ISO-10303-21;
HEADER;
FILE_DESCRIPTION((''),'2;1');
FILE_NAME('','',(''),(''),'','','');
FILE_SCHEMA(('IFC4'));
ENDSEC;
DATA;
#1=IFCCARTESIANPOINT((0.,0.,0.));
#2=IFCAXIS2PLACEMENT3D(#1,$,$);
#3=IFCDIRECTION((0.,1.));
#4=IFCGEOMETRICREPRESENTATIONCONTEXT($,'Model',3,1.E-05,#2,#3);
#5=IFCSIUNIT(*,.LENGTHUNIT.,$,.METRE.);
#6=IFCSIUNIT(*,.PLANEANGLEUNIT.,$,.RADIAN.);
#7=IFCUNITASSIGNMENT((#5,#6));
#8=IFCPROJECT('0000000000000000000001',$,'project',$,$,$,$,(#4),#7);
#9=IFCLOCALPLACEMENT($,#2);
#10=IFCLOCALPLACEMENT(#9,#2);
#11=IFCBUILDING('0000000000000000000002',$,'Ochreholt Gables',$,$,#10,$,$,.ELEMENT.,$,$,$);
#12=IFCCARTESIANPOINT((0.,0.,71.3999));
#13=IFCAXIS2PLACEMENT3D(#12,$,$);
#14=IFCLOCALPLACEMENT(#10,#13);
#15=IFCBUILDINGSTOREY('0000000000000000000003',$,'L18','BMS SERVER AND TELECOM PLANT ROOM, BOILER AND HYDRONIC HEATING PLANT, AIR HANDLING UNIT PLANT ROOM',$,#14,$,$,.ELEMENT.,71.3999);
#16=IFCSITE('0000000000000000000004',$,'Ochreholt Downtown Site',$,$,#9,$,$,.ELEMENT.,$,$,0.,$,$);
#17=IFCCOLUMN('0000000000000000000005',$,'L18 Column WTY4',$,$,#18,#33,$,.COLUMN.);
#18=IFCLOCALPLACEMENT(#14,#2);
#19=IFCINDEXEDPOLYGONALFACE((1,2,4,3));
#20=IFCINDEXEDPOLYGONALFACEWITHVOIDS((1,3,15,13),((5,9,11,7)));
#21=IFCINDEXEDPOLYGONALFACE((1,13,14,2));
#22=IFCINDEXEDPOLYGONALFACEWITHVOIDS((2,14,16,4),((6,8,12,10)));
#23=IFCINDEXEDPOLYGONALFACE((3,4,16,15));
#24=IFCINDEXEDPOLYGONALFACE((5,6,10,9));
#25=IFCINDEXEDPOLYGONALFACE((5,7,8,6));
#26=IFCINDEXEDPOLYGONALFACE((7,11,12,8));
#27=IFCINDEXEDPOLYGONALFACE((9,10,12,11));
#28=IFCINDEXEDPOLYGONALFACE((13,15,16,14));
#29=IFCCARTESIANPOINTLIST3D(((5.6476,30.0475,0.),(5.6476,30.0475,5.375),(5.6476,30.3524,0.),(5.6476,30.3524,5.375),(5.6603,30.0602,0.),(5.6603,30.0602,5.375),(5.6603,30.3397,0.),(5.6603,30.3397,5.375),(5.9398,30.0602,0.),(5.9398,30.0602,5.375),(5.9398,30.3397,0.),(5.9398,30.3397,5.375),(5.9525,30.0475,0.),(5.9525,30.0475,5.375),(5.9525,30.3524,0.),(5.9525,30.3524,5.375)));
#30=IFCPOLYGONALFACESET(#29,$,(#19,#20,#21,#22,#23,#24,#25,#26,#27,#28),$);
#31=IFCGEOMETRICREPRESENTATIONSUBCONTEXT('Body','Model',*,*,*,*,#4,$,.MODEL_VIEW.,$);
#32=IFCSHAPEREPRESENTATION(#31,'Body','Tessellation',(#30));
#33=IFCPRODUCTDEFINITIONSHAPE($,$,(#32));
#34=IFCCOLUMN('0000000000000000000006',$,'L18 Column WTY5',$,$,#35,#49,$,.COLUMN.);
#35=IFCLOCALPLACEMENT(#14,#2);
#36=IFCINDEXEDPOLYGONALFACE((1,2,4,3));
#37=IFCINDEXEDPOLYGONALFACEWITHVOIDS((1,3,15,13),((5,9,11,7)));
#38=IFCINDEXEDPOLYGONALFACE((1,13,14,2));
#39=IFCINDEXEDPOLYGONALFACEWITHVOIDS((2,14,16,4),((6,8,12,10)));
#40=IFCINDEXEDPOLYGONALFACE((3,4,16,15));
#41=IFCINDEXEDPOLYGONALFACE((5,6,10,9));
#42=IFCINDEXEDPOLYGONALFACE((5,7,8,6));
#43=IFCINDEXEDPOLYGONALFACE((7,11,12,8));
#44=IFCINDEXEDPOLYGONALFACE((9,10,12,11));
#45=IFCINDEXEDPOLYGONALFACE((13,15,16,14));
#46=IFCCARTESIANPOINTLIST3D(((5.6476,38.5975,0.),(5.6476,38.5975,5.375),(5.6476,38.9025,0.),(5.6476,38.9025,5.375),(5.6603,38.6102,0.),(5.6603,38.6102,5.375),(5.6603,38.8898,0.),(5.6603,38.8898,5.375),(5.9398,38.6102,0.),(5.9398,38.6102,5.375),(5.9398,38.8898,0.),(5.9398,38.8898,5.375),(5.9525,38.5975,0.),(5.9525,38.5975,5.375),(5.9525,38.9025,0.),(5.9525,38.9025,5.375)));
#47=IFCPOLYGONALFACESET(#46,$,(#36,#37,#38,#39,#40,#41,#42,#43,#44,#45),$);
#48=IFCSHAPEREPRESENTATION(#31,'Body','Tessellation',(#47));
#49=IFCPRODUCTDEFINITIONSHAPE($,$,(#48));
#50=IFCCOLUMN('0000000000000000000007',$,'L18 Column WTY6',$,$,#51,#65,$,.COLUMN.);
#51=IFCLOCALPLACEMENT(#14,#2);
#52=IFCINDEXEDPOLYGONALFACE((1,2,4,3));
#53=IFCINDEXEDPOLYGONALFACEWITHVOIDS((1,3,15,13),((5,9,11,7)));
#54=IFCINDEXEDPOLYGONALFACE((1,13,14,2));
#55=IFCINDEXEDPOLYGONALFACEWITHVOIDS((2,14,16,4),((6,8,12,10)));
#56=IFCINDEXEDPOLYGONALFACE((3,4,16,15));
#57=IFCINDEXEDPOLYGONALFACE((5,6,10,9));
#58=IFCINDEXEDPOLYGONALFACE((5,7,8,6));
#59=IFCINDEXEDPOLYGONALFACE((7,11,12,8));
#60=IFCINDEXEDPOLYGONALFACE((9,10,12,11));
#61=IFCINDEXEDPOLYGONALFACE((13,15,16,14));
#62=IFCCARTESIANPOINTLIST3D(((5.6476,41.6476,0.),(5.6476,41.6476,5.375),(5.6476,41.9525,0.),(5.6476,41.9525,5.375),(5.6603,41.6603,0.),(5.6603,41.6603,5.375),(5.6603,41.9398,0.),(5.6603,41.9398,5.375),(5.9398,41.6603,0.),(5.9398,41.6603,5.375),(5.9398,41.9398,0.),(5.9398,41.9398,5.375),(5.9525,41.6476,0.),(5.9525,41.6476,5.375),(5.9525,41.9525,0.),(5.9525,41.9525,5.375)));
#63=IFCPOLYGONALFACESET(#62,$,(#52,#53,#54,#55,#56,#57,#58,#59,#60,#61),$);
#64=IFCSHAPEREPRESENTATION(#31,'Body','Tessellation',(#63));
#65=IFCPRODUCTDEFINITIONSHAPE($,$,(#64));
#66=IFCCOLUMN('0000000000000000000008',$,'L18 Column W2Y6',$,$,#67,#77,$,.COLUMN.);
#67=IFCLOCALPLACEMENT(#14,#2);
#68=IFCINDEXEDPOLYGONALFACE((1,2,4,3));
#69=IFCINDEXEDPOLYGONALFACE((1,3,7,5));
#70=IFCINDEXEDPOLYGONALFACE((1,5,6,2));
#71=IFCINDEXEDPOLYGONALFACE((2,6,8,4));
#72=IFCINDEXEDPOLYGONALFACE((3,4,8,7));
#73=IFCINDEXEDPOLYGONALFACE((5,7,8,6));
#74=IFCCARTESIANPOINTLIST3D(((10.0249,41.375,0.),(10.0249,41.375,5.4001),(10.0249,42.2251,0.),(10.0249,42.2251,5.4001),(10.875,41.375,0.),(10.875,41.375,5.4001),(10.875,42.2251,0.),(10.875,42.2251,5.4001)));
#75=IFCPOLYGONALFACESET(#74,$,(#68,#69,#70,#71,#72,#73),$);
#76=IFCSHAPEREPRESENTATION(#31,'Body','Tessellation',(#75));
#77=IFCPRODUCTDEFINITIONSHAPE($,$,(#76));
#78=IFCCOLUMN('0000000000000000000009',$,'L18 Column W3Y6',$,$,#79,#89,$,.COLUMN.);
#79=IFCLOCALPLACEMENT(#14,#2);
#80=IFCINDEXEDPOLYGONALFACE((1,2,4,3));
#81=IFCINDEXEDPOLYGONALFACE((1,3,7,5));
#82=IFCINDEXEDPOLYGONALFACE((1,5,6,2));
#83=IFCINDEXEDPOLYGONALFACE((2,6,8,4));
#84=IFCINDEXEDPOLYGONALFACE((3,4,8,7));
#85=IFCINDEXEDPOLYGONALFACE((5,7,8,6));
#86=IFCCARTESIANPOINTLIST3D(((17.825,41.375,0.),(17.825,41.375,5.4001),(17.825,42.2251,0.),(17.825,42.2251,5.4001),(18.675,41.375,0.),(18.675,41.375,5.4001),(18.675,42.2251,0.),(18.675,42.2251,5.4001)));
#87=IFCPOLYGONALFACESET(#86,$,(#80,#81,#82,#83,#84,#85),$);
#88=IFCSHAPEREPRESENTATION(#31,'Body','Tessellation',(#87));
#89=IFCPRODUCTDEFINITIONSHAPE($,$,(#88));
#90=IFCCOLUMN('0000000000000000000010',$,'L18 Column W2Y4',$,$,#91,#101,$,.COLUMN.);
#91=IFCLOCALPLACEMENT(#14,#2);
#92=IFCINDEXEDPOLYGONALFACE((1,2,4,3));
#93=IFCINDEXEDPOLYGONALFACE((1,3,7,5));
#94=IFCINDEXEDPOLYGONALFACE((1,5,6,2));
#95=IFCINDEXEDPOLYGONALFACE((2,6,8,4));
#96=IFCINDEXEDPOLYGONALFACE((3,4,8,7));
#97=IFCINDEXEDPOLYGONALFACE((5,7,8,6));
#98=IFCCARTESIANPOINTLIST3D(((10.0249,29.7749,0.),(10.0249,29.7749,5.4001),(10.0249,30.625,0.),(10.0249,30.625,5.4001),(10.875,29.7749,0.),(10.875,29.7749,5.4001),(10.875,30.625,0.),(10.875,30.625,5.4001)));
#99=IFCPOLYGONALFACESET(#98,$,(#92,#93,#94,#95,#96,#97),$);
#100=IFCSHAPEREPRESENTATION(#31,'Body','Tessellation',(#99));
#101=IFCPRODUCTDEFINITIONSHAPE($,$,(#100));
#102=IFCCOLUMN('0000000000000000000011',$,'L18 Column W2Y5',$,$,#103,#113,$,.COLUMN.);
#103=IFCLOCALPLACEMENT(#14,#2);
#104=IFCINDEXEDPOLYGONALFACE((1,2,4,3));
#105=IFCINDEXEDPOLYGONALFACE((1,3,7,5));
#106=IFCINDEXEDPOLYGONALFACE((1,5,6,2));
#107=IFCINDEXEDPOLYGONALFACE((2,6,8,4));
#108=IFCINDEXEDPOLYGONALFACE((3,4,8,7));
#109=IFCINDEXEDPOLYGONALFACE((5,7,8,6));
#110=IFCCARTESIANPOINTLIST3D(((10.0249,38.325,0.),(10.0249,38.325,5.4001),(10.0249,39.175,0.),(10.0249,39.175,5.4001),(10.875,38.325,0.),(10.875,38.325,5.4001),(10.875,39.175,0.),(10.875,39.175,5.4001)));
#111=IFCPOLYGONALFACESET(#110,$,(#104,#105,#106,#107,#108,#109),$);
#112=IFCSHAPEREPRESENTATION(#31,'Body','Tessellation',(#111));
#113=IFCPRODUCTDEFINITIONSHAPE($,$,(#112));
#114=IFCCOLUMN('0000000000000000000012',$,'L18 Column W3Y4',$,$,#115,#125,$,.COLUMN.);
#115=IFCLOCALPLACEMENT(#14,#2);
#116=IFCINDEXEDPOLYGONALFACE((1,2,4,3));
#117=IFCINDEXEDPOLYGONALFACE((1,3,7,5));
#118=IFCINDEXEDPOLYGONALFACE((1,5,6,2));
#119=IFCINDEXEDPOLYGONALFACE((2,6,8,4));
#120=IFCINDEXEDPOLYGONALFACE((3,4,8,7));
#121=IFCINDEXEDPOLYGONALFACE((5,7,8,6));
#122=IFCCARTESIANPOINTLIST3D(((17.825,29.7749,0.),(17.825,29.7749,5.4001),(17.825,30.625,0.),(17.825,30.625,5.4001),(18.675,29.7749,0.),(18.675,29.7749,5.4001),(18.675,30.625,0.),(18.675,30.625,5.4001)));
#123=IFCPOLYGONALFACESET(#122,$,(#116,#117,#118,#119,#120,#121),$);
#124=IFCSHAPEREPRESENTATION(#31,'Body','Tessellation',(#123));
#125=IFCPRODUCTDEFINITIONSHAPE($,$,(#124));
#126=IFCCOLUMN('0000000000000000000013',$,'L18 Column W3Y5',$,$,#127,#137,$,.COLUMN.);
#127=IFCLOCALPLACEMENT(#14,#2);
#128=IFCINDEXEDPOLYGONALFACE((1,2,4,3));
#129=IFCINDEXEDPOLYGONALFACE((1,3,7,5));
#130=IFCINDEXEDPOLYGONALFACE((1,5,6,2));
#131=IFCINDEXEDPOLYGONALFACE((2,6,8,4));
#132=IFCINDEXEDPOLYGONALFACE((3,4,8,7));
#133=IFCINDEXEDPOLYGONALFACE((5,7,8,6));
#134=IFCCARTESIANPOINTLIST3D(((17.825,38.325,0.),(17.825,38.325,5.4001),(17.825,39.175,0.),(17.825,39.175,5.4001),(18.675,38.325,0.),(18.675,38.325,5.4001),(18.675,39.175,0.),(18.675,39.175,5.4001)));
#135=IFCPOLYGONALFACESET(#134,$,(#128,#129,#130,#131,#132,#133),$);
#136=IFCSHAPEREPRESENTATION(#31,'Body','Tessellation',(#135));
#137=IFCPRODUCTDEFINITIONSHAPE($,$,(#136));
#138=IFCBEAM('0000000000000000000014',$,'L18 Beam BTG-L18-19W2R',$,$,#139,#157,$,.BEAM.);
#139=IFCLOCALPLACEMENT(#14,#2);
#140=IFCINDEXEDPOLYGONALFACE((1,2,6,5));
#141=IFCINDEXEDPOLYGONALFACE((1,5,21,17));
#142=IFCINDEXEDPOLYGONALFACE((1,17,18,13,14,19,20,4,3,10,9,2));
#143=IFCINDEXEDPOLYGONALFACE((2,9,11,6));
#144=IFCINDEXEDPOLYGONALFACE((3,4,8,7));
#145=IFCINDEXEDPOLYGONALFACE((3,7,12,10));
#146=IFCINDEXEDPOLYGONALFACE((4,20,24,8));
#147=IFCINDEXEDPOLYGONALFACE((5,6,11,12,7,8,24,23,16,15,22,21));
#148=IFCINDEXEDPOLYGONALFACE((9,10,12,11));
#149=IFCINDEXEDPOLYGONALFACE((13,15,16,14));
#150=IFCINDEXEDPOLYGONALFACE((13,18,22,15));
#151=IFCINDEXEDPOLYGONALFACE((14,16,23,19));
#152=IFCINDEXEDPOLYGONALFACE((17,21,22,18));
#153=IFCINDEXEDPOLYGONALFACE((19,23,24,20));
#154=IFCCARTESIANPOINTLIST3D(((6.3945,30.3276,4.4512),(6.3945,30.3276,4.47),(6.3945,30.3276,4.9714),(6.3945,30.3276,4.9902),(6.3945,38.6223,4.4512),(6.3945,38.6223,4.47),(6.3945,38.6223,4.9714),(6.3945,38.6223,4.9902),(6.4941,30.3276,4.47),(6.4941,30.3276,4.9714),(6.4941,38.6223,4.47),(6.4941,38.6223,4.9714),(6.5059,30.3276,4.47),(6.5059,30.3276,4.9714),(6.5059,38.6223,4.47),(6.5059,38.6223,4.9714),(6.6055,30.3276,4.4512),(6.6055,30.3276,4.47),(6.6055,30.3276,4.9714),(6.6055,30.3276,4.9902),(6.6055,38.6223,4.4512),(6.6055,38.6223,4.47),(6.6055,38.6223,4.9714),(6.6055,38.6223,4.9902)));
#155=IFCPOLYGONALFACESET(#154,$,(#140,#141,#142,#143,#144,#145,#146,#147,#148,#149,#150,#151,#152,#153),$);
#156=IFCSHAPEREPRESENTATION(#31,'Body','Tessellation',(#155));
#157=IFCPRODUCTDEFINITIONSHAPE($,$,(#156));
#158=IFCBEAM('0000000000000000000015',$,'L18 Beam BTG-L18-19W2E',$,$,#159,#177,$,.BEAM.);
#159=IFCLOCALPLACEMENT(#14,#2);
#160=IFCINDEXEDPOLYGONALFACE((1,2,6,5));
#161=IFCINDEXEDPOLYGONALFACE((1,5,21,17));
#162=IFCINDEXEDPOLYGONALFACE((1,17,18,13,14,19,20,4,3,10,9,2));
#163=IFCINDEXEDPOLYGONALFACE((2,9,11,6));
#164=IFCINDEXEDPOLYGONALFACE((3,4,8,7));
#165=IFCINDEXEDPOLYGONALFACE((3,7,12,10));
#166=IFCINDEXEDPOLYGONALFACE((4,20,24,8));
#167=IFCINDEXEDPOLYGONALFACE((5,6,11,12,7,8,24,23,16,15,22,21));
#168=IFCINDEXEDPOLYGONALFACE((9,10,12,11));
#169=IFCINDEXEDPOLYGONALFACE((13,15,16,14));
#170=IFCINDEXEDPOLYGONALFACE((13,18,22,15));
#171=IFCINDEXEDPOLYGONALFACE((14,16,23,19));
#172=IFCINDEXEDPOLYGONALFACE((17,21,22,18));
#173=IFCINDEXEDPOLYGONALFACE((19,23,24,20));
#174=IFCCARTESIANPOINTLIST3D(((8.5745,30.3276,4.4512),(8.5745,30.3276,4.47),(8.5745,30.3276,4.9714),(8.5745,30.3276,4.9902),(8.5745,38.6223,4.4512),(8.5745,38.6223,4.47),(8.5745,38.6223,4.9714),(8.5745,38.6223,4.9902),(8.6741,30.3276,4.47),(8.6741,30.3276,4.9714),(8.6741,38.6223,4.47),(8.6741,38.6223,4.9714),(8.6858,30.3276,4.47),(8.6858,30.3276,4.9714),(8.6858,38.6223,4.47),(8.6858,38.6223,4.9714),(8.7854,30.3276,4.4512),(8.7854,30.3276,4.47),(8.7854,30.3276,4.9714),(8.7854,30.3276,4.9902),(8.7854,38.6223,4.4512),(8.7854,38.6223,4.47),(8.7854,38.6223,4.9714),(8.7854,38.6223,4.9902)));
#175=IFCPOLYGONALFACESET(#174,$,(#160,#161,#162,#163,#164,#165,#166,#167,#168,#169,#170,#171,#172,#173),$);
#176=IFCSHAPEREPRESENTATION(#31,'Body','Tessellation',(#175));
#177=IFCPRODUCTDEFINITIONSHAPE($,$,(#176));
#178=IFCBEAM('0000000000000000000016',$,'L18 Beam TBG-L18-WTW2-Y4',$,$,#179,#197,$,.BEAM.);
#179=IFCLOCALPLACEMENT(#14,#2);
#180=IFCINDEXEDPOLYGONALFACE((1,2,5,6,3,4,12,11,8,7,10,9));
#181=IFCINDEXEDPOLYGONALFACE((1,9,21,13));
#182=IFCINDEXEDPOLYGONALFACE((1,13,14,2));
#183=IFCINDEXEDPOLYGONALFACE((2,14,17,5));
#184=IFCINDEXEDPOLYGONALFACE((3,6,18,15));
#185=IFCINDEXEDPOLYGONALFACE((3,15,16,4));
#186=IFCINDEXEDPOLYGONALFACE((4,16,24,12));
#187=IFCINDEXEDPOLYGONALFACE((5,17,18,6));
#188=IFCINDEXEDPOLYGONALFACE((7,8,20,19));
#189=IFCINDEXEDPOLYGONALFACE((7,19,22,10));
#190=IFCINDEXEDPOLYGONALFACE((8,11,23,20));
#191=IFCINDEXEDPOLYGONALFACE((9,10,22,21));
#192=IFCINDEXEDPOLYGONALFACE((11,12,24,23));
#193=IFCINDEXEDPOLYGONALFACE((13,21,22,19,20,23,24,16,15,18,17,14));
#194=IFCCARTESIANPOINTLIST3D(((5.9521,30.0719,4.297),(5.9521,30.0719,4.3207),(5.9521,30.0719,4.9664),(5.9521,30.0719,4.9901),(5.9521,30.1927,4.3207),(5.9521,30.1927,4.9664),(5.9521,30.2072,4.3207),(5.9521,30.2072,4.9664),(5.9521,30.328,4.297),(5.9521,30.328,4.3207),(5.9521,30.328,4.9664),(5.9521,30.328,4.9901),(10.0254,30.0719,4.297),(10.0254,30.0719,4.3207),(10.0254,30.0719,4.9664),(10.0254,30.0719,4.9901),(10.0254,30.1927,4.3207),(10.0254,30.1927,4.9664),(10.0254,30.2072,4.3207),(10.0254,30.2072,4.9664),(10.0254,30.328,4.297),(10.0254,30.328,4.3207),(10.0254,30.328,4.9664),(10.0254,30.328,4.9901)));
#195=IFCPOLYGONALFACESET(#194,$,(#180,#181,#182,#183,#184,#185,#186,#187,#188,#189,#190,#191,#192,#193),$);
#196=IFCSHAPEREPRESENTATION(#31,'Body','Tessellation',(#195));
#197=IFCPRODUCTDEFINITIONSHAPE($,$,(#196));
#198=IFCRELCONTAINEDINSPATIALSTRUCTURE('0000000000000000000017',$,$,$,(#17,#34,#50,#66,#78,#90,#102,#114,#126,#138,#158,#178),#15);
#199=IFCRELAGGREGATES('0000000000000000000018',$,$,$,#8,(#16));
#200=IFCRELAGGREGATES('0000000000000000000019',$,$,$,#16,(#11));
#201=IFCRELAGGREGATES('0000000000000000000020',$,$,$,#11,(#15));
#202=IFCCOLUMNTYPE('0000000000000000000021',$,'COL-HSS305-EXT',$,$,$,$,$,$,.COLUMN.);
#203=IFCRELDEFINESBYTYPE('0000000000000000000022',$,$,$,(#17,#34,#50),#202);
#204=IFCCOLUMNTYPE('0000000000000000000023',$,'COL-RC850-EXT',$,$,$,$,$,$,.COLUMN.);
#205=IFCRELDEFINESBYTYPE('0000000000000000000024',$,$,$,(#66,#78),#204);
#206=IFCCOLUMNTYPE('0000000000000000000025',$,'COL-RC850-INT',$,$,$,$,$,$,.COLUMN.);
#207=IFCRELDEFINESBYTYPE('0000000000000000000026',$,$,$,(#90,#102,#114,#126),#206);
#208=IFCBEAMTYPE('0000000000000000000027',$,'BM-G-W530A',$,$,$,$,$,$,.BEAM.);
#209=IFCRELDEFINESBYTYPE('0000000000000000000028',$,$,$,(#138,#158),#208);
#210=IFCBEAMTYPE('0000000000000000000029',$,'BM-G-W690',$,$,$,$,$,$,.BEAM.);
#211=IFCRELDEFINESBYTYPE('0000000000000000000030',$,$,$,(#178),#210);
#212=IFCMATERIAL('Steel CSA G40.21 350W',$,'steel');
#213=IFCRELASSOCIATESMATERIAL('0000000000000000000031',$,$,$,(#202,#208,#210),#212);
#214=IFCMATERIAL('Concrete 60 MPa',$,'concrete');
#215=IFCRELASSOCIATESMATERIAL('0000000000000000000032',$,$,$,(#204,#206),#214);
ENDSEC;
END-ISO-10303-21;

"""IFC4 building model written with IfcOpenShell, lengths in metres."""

from ifc_helpers import new_model, si_unit, direction, frame, origin, origin_2d, place, context, subcontext, project, spatial, rectangle, hollow_rectangle, i_section, extrude, material, material_profile, profile_set, type_object, element, save


model = new_model("IFC4")

# Units and contexts
model_context = context("Model", 3, precision=1e-05, world=origin(), true_north=direction((0.0, 1.0)))
body_context = subcontext(model_context, "Body", "Model", "MODEL_VIEW")
ifc_project = project(units=[si_unit("LENGTHUNIT", "METRE"), si_unit("PLANEANGLEUNIT", "RADIAN")], contexts=[model_context])

# Site, building, storey
site_placement = place(None, origin())
site = spatial("IfcSite", under=ifc_project, at=site_placement, Name="Ochreholt Downtown Site", CompositionType="ELEMENT", RefElevation=0.0)
building_placement = place(site_placement, origin())
building = spatial("IfcBuilding", under=site, at=building_placement, Name="Ochreholt Gables", CompositionType="ELEMENT")
storey_placement = place(building_placement, frame((0.0, 0.0, 71.3999)))
storey = spatial("IfcBuildingStorey", under=building, at=storey_placement, Name="L18", Description="BMS SERVER AND TELECOM PLANT ROOM, BOILER AND HYDRONIC HEATING PLANT, AIR HANDLING UNIT PLANT ROOM", CompositionType="ELEMENT", Elevation=71.3999)

# Columns
ifc_material_1 = material(Name="Steel CSA G40.21 350W", Category="steel")
ifc_material_profile_1 = material_profile(ifc_material_1, hollow_rectangle(XDim=0.3049, YDim=0.3049, WallThickness=0.0127, at=origin_2d()), Name="HSS305X305X13")
ifc_profile_set_1 = profile_set([ifc_material_profile_1], Name="Steel CSA G40.21 350W")
column_type_1 = type_object("IfcColumnType", Name="COL-HSS305-EXT", PredefinedType="COLUMN", material=ifc_profile_set_1)
for number, where, z_axis, x_axis, name in (
    (1, (5.8, 30.2, 0.0), (0.0, 0.0, 1.0), (1.0, 0.0, 0.0), "L18 Column WTY4"),
    (2, (5.8, 38.75, 0.0), (0.0, 0.0, 1.0), (1.0, 0.0, 0.0), "L18 Column WTY5"),
    (3, (5.8, 41.8, 0.0), (0.0, 0.0, 1.0), (1.0, 0.0, 0.0), "L18 Column WTY6"),
):
    element("IfcColumn", number, at=place(storey_placement, frame(where, z_axis=z_axis, x_axis=x_axis)), inside=storey, type_object=column_type_1, Name=name, PredefinedType="COLUMN", context=body_context, shape_type="SweptSolid", body=[
        extrude(hollow_rectangle(XDim=0.3049, YDim=0.3049, WallThickness=0.0127, at=origin_2d()), origin(), (0.0, 0.0, 1.0), 5.375),
    ])
ifc_material_2 = material(Name="Concrete 60 MPa", Category="concrete")
ifc_material_profile_2 = material_profile(ifc_material_2, rectangle(XDim=0.8501, YDim=0.8501, at=origin_2d()), Name="RC850X850")
ifc_profile_set_2 = profile_set([ifc_material_profile_2], Name="Concrete 60 MPa")
column_type_2 = type_object("IfcColumnType", Name="COL-RC850-EXT", PredefinedType="COLUMN", material=ifc_profile_set_2)
for number, where, z_axis, x_axis, name in (
    (4, (10.45, 41.8, 0.0), (0.0, 0.0, 1.0), (1.0, 0.0, 0.0), "L18 Column W2Y6"),
    (5, (18.25, 41.8, 0.0), (0.0, 0.0, 1.0), (1.0, 0.0, 0.0), "L18 Column W3Y6"),
):
    element("IfcColumn", number, at=place(storey_placement, frame(where, z_axis=z_axis, x_axis=x_axis)), inside=storey, type_object=column_type_2, Name=name, PredefinedType="COLUMN", context=body_context, shape_type="SweptSolid", body=[
        extrude(rectangle(XDim=0.8501, YDim=0.8501, at=origin_2d()), origin(), (0.0, 0.0, 1.0), 5.4001),
    ])
ifc_material_profile_3 = material_profile(ifc_material_2, rectangle(XDim=0.8501, YDim=0.8501, at=origin_2d()), Name="RC850X850")
ifc_profile_set_3 = profile_set([ifc_material_profile_3], Name="Concrete 60 MPa")
column_type_3 = type_object("IfcColumnType", Name="COL-RC850-INT", PredefinedType="COLUMN", material=ifc_profile_set_3)
for number, where, z_axis, x_axis, name in (
    (6, (10.45, 30.2, 0.0), (0.0, 0.0, 1.0), (1.0, 0.0, 0.0), "L18 Column W2Y4"),
    (7, (10.45, 38.75, 0.0), (0.0, 0.0, 1.0), (1.0, 0.0, 0.0), "L18 Column W2Y5"),
    (8, (18.25, 30.2, 0.0), (0.0, 0.0, 1.0), (1.0, 0.0, 0.0), "L18 Column W3Y4"),
    (9, (18.25, 38.75, 0.0), (0.0, 0.0, 1.0), (1.0, 0.0, 0.0), "L18 Column W3Y5"),
):
    element("IfcColumn", number, at=place(storey_placement, frame(where, z_axis=z_axis, x_axis=x_axis)), inside=storey, type_object=column_type_3, Name=name, PredefinedType="COLUMN", context=body_context, shape_type="SweptSolid", body=[
        extrude(rectangle(XDim=0.8501, YDim=0.8501, at=origin_2d()), origin(), (0.0, 0.0, 1.0), 5.4001),
    ])

# Beams
ifc_material_profile_4 = material_profile(ifc_material_1, i_section(OverallWidth=0.2109, OverallDepth=0.5391, WebThickness=0.0117, FlangeThickness=0.0188, at=origin_2d()), Name="W530X109")
ifc_profile_set_4 = profile_set([ifc_material_profile_4], Name="Steel CSA G40.21 350W")
beam_type_1 = type_object("IfcBeamType", Name="BM-G-W530A", PredefinedType="BEAM", material=ifc_profile_set_4)
for number, where, z_axis, x_axis, name in (
    (10, (6.5, 30.3276, 4.7207), (0.0, 1.0, 0.0), (-1.0, 0.0, 0.0), "L18 Beam BTG-L18-19W2R"),
    (11, (8.6799, 30.3276, 4.7207), (0.0, 1.0, 0.0), (-1.0, 0.0, 0.0), "L18 Beam BTG-L18-19W2E"),
):
    element("IfcBeam", number, at=place(storey_placement, frame(where, z_axis=z_axis, x_axis=x_axis)), inside=storey, type_object=beam_type_1, Name=name, PredefinedType="BEAM", context=body_context, shape_type="SweptSolid", body=[
        extrude(i_section(OverallWidth=0.2109, OverallDepth=0.5391, WebThickness=0.0117, FlangeThickness=0.0188, at=origin_2d()), origin(), (0.0, 0.0, 1.0), 8.2947),
    ])
ifc_material_profile_5 = material_profile(ifc_material_1, i_section(OverallWidth=0.2561, OverallDepth=0.6931, WebThickness=0.0144, FlangeThickness=0.0237, at=origin_2d()), Name="W690X170")
ifc_profile_set_5 = profile_set([ifc_material_profile_5], Name="Steel CSA G40.21 350W")
beam_type_2 = type_object("IfcBeamType", Name="BM-G-W690", PredefinedType="BEAM", material=ifc_profile_set_5)
beam_1_placement = place(storey_placement, frame((5.9521, 30.2, 4.6436), z_axis=(1.0, 0.0, 0.0), x_axis=(0.0, 1.0, 0.0)))
element("IfcBeam", 12, at=beam_1_placement, inside=storey, type_object=beam_type_2, Name="L18 Beam TBG-L18-WTW2-Y4", PredefinedType="BEAM", context=body_context, shape_type="SweptSolid", body=[
    extrude(i_section(OverallWidth=0.2561, OverallDepth=0.6931, WebThickness=0.0144, FlangeThickness=0.0237, at=origin_2d()), origin(), (0.0, 0.0, 1.0), 4.0732),
])

save(model, "model.ifc")
